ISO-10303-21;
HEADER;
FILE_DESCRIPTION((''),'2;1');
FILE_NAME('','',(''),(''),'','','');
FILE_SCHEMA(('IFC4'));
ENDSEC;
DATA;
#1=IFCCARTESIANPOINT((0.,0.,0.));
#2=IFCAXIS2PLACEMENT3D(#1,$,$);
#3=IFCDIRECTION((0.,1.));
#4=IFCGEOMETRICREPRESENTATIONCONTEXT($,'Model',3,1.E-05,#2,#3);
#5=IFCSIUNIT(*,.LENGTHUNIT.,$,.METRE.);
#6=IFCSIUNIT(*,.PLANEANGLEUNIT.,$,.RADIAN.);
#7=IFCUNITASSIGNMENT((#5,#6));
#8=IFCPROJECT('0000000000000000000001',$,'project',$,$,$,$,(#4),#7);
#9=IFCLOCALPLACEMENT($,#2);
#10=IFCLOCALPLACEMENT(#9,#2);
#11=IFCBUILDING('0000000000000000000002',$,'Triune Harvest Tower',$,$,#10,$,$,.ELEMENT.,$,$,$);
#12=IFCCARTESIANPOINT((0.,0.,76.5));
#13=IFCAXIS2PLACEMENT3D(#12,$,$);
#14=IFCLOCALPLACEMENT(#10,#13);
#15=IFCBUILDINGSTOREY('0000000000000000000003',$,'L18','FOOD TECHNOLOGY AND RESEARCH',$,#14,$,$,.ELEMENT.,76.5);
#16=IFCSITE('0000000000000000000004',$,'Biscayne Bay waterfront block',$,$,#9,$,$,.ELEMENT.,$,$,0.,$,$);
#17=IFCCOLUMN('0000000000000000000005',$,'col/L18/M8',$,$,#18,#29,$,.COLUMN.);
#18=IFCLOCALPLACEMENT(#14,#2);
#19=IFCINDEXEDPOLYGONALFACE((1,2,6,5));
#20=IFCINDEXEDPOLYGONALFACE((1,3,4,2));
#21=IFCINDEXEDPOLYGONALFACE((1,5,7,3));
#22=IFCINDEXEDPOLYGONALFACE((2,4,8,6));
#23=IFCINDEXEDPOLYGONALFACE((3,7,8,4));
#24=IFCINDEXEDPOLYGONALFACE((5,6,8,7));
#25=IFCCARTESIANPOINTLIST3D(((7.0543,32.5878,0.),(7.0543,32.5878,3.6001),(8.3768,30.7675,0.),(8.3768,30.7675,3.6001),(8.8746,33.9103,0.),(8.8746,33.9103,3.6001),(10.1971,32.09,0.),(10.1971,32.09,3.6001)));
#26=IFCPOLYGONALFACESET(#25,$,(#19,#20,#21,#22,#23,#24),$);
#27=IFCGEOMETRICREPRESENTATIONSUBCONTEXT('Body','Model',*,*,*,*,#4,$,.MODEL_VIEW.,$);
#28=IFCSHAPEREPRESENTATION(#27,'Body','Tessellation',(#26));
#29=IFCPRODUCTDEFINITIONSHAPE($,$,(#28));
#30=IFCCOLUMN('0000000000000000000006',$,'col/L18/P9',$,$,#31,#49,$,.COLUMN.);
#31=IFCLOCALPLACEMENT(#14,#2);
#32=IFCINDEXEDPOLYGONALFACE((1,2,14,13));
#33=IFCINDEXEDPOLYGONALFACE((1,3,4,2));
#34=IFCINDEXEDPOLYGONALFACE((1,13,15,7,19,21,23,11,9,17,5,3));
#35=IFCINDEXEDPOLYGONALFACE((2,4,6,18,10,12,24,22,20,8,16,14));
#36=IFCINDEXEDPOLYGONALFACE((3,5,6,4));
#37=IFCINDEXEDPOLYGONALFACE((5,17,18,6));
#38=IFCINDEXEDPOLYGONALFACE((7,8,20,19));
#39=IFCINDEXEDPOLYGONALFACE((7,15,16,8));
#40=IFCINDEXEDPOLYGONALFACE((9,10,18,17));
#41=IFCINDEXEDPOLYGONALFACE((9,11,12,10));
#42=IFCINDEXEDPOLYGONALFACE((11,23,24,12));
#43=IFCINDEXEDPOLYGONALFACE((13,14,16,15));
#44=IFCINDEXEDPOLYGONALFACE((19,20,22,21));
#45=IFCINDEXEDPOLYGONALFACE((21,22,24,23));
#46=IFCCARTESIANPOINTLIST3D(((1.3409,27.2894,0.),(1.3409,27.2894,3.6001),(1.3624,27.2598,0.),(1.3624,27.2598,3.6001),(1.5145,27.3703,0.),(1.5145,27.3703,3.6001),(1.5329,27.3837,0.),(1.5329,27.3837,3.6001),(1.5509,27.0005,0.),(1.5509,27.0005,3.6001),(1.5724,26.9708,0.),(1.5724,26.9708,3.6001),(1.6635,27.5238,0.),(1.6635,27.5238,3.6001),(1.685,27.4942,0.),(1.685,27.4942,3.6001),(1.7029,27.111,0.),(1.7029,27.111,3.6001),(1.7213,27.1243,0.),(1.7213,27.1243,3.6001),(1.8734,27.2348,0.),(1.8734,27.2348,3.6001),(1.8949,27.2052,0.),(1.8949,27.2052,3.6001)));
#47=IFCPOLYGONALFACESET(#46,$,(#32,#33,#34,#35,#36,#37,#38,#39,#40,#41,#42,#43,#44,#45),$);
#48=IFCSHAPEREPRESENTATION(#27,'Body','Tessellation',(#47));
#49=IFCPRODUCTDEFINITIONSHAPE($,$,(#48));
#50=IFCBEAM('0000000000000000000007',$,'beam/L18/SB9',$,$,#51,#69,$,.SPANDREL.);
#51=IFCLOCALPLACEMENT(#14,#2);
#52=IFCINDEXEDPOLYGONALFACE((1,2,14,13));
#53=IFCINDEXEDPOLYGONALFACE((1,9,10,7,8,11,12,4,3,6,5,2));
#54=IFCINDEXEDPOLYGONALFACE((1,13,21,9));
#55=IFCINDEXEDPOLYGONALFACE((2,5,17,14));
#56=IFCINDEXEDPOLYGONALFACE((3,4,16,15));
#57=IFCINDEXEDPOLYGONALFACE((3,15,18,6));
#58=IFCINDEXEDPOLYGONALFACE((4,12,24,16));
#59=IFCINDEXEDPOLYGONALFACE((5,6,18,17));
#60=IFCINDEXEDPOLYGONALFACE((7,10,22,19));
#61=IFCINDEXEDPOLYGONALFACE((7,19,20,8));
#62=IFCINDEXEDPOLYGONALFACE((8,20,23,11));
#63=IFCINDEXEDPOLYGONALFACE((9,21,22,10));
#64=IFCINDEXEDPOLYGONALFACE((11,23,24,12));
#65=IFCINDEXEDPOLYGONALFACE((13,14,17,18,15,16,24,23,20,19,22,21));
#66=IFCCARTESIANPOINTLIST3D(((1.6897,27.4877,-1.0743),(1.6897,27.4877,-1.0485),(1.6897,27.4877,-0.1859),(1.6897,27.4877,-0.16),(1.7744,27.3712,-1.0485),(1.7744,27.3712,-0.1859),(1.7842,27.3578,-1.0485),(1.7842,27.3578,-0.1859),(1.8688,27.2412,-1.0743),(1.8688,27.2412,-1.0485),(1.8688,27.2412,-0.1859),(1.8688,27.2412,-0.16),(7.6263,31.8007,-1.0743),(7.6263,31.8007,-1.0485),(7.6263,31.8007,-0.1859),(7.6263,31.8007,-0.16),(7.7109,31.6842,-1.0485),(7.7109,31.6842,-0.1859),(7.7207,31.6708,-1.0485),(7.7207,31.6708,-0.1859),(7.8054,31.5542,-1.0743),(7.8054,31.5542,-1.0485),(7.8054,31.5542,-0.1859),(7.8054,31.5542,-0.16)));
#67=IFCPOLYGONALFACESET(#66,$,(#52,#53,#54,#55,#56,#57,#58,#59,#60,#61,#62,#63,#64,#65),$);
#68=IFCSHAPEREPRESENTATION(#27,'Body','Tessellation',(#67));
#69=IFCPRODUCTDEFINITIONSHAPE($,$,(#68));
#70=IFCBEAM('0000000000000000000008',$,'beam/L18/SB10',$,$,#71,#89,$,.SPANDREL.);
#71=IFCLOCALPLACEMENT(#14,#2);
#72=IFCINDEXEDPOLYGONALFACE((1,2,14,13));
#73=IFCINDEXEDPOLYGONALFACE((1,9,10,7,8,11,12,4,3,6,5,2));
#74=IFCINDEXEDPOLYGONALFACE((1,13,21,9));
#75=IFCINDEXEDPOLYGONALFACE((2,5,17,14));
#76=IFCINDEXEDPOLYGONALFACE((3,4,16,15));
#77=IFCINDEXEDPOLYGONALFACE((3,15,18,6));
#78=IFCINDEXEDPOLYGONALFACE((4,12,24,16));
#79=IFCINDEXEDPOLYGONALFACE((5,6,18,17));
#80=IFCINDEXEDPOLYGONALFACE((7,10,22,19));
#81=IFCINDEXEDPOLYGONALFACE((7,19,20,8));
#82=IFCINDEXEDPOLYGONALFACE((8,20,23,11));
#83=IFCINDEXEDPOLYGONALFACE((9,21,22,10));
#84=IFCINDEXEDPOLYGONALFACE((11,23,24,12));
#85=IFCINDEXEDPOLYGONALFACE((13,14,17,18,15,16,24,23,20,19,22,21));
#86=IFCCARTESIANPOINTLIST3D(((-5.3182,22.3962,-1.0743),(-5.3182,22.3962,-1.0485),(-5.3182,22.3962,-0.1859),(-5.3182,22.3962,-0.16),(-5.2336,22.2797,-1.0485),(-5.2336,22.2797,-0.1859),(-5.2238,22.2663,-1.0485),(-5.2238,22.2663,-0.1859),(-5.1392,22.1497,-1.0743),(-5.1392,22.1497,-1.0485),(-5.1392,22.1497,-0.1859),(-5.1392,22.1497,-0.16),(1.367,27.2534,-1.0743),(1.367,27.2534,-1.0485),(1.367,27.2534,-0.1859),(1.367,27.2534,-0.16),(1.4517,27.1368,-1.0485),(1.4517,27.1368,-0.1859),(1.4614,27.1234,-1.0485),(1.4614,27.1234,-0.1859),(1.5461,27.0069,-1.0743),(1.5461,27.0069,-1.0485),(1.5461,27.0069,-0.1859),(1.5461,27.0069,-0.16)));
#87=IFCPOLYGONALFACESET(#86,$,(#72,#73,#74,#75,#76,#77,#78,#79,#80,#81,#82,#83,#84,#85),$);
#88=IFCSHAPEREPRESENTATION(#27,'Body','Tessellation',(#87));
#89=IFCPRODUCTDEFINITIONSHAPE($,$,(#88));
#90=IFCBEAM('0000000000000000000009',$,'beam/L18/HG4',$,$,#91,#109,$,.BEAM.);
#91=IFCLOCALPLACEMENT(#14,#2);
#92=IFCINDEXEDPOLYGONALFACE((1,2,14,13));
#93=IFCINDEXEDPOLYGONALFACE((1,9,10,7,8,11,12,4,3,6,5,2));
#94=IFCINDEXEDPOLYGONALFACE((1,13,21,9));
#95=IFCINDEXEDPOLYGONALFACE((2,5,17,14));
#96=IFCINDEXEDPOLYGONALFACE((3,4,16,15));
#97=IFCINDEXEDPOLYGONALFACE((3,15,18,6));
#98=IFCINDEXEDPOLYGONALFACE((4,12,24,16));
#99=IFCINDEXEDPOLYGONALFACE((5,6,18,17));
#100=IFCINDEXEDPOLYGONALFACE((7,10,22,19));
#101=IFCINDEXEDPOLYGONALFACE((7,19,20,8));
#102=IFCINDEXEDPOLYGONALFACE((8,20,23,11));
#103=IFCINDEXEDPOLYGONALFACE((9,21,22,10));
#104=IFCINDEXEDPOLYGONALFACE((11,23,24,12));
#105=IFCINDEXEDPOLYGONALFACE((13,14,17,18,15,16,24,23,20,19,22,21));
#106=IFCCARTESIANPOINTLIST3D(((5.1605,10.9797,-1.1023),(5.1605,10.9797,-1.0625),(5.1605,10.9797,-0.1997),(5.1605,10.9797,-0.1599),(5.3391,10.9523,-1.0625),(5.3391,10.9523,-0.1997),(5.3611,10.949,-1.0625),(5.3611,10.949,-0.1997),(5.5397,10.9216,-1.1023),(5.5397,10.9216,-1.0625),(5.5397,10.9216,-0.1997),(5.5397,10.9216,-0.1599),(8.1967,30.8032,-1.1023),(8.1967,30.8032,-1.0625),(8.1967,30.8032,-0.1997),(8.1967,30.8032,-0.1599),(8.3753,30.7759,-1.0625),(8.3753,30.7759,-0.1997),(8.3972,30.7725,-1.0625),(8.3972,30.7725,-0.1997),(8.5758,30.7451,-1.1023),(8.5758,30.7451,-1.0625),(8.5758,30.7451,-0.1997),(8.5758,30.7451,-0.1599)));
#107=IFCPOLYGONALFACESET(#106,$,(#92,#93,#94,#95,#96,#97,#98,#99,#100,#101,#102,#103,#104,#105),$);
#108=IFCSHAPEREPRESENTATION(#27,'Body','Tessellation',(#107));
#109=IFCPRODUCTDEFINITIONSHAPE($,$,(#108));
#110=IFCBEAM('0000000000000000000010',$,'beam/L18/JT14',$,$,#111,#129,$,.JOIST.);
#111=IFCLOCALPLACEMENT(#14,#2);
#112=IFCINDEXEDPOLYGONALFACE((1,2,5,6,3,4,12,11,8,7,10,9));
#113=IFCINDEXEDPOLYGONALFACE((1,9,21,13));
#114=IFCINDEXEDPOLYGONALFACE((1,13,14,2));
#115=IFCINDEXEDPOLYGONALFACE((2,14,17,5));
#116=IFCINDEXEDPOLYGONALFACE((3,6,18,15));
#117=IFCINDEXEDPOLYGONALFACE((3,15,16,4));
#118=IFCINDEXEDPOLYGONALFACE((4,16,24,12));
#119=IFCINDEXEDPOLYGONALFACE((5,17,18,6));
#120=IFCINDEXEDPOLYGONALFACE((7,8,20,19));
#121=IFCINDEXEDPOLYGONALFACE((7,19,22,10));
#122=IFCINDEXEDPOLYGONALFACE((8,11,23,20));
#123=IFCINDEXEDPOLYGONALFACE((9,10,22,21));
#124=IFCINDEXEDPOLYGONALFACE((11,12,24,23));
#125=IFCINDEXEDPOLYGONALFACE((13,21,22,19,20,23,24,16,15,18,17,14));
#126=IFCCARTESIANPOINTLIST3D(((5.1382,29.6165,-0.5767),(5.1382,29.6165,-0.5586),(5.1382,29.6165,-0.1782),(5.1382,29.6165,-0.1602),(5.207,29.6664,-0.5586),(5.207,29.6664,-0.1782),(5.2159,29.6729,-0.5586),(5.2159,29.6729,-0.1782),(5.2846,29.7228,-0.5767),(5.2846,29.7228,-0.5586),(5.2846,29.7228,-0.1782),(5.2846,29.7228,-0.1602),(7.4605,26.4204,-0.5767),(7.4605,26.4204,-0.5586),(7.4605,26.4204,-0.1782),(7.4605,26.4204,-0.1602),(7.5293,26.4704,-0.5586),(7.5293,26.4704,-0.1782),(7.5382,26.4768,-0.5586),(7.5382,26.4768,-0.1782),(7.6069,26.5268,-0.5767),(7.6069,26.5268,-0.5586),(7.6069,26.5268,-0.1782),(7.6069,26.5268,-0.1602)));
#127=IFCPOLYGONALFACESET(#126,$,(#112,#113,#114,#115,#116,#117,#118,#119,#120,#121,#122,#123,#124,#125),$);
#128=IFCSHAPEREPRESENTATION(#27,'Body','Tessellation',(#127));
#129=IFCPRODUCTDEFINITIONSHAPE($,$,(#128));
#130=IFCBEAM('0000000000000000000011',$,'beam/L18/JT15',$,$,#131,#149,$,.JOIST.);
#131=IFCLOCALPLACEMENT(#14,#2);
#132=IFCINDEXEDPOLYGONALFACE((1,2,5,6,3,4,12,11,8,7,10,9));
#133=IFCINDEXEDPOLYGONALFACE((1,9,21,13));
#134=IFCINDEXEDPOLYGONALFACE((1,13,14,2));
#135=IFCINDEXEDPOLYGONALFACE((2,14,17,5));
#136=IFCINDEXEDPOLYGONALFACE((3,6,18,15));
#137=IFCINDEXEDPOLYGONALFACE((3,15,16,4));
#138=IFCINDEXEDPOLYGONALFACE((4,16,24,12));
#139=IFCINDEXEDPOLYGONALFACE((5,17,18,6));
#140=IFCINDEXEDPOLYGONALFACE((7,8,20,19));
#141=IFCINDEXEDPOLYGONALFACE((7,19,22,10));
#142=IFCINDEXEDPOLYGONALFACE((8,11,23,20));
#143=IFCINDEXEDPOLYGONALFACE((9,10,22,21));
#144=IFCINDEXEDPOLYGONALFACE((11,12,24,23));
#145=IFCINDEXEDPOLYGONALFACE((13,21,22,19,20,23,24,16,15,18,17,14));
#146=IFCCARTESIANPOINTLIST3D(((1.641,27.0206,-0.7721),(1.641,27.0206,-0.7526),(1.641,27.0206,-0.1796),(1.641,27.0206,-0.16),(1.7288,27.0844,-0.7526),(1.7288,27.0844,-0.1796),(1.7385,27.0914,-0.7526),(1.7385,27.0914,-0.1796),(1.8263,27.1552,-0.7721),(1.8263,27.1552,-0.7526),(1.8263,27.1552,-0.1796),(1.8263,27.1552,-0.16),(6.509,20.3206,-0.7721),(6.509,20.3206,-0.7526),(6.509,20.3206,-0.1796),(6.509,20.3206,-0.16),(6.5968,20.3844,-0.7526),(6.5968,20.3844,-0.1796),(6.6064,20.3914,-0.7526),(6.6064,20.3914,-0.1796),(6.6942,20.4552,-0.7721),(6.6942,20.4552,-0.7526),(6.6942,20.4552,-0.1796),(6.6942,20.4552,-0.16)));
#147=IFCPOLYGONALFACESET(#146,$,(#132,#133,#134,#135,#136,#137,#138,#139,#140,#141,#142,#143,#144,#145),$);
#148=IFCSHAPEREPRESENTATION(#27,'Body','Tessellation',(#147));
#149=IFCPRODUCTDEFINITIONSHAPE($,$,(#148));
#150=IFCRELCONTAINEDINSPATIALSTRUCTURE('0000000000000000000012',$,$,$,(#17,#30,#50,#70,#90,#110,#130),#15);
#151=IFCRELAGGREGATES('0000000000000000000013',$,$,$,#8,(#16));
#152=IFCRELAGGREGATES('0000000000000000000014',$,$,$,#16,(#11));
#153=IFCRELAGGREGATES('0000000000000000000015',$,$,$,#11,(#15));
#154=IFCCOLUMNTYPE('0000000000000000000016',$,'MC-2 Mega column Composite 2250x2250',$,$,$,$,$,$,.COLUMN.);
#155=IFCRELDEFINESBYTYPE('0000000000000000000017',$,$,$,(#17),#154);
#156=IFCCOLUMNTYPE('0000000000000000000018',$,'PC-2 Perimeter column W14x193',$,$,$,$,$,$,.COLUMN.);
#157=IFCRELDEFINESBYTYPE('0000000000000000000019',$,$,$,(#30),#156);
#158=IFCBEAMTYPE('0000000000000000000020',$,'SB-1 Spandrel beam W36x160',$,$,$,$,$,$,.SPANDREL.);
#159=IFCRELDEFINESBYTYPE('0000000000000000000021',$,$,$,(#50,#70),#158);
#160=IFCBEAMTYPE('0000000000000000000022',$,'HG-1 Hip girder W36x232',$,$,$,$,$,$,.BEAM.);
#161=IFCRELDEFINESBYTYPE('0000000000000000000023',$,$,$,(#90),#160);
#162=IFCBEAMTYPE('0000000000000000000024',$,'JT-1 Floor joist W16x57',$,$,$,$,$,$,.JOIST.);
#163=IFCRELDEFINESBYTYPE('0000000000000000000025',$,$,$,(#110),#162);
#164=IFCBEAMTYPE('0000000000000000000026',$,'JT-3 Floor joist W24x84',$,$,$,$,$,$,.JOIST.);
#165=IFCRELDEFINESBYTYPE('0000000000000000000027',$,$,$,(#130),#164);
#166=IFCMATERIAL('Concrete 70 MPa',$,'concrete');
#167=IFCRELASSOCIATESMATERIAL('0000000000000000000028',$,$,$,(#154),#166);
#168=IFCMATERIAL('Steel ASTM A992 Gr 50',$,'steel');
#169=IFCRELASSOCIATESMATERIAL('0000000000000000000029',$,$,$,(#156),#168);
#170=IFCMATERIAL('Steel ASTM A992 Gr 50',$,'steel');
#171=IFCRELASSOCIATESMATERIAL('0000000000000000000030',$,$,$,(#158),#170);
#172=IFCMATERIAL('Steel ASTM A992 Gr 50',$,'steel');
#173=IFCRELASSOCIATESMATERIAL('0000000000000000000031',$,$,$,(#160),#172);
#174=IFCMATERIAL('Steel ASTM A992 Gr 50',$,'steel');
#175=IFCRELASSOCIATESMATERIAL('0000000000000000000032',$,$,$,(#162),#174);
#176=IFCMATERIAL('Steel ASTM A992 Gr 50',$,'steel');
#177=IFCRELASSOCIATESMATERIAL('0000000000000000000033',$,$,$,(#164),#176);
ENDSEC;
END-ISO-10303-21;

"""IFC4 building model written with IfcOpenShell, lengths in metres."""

from ifc_helpers import new_model, si_unit, direction, frame, origin, origin_2d, place, context, subcontext, project, spatial, rectangle, i_section, extrude, source, transform, mapped, material, material_profile, profile_set, type_object, element, save


model = new_model("IFC4")

# Units and contexts
model_context = context("Model", 3, precision=1e-05, world=origin(), true_north=direction((0.0, 1.0)))
body_context = subcontext(model_context, "Body", "Model", "MODEL_VIEW")
ifc_project = project(units=[si_unit("LENGTHUNIT", "METRE"), si_unit("PLANEANGLEUNIT", "RADIAN")], contexts=[model_context])

# Site, building, storey
site_placement = place(None, origin())
site = spatial("IfcSite", under=ifc_project, at=site_placement, Name="Biscayne Bay waterfront block", CompositionType="ELEMENT", RefElevation=0.0)
building_placement = place(site_placement, origin())
building = spatial("IfcBuilding", under=site, at=building_placement, Name="Triune Harvest Tower", CompositionType="ELEMENT")
storey_placement = place(building_placement, frame((0.0, 0.0, 76.5)))
storey = spatial("IfcBuildingStorey", under=building, at=storey_placement, Name="L18", Description="FOOD TECHNOLOGY AND RESEARCH", CompositionType="ELEMENT", Elevation=76.5)

# Columns
ifc_material_1 = material(Name="Concrete 70 MPa", Category="concrete")
ifc_material_profile_1 = material_profile(ifc_material_1, rectangle(XDim=2.25, YDim=2.25, at=origin_2d()), Name="Composite 2250x2250")
ifc_profile_set_1 = profile_set([ifc_material_profile_1], Name="Concrete 70 MPa")
column_type_1 = type_object("IfcColumnType", Name="MC-2 Mega column Composite 2250x2250", PredefinedType="COLUMN", material=ifc_profile_set_1)
shared_shape_1 = source(origin(), body_context, "Body", "SweptSolid", [
    extrude(rectangle(XDim=2.25, YDim=2.25, at=origin_2d()), origin(), (0.0, 0.0, 1.0), 3.6001),
])
column_1_placement = place(storey_placement, frame((8.6257, 32.3389, 0.0), z_axis=(0.0, 0.0, 1.0), x_axis=(-0.809017, -0.587785, 0.0)))
element("IfcColumn", 1, at=column_1_placement, inside=storey, type_object=column_type_1, Name="col/L18/M8", PredefinedType="COLUMN", context=body_context, shape_type="MappedRepresentation", body=[
    mapped(shared_shape_1, transform((0.0, 0.0, 0.0), scale=1.0)),
])
ifc_material_2 = material(Name="Steel ASTM A992 Gr 50", Category="steel")
ifc_material_profile_2 = material_profile(ifc_material_2, i_section(OverallWidth=0.3987, OverallDepth=0.3938, WebThickness=0.0227, FlangeThickness=0.0366, at=origin_2d()), Name="W14x193")
ifc_profile_set_2 = profile_set([ifc_material_profile_2], Name="Steel ASTM A992 Gr 50")
column_type_2 = type_object("IfcColumnType", Name="PC-2 Perimeter column W14x193", PredefinedType="COLUMN", material=ifc_profile_set_2)
shared_shape_2 = source(origin(), body_context, "Body", "SweptSolid", [
    extrude(i_section(OverallWidth=0.3987, OverallDepth=0.3938, WebThickness=0.0227, FlangeThickness=0.0366, at=origin_2d()), origin(), (0.0, 0.0, 1.0), 3.6001),
])
column_2_placement = place(storey_placement, frame((1.6179, 27.2473, 0.0), z_axis=(0.0, 0.0, 1.0), x_axis=(-0.809017, -0.587785, 0.0)))
element("IfcColumn", 2, at=column_2_placement, inside=storey, type_object=column_type_2, Name="col/L18/P9", PredefinedType="COLUMN", context=body_context, shape_type="MappedRepresentation", body=[
    mapped(shared_shape_2, transform((0.0, 0.0, 0.0), scale=1.0)),
])

# Beams
ifc_material_3 = material(Name="Steel ASTM A992 Gr 50", Category="steel")
ifc_material_profile_3 = material_profile(ifc_material_3, i_section(OverallWidth=0.3047, OverallDepth=0.9143, WebThickness=0.0166, FlangeThickness=0.0259, at=origin_2d()), Name="W36x160")
ifc_profile_set_3 = profile_set([ifc_material_profile_3], Name="Steel ASTM A992 Gr 50")
beam_type_1 = type_object("IfcBeamType", Name="SB-1 Spandrel beam W36x160", PredefinedType="SPANDREL", material=ifc_profile_set_3)
shared_shape_3 = source(origin(), body_context, "Body", "SweptSolid", [
    extrude(i_section(OverallWidth=0.3047, OverallDepth=0.9143, WebThickness=0.0166, FlangeThickness=0.0259, at=origin_2d()), origin(), (0.0, 0.0, 1.0), 7.3379),
])
beam_1_placement = place(storey_placement, frame((7.7158, 31.6775, -0.6172), z_axis=(-0.809027, -0.587772, 0.0), x_axis=(0.587772, -0.809027, 0.0)))
element("IfcBeam", 3, at=beam_1_placement, inside=storey, type_object=beam_type_1, Name="beam/L18/SB9", PredefinedType="SPANDREL", context=body_context, shape_type="MappedRepresentation", body=[
    mapped(shared_shape_3, transform((0.0, 0.0, 0.0), scale=1.0)),
])
shared_shape_4 = source(origin(), body_context, "Body", "SweptSolid", [
    extrude(i_section(OverallWidth=0.3047, OverallDepth=0.9143, WebThickness=0.0166, FlangeThickness=0.0259, at=origin_2d()), origin(), (0.0, 0.0, 1.0), 8.2634),
])
beam_2_placement = place(storey_placement, frame((1.4565, 27.1301, -0.6172), z_axis=(-0.809016, -0.587787, 0.0), x_axis=(0.587787, -0.809016, 0.0)))
element("IfcBeam", 4, at=beam_2_placement, inside=storey, type_object=beam_type_1, Name="beam/L18/SB10", PredefinedType="SPANDREL", context=body_context, shape_type="MappedRepresentation", body=[
    mapped(shared_shape_4, transform((0.0, 0.0, 0.0), scale=1.0)),
])
ifc_material_4 = material(Name="Steel ASTM A992 Gr 50", Category="steel")
ifc_material_profile_4 = material_profile(ifc_material_4, i_section(OverallWidth=0.3835, OverallDepth=0.9424, WebThickness=0.0222, FlangeThickness=0.0398, at=origin_2d()), Name="W36x232")
ifc_profile_set_4 = profile_set([ifc_material_profile_4], Name="Steel ASTM A992 Gr 50")
beam_type_2 = type_object("IfcBeamType", Name="HG-1 Hip girder W36x232", PredefinedType="BEAM", material=ifc_profile_set_4)
shared_shape_5 = source(origin(), body_context, "Body", "SweptSolid", [
    extrude(i_section(OverallWidth=0.3835, OverallDepth=0.9424, WebThickness=0.0222, FlangeThickness=0.0398, at=origin_2d()), origin(), (0.0, 0.0, 1.0), 20.0547),
])
beam_3_placement = place(storey_placement, frame((8.3862, 30.7742, -0.6311), z_axis=(-0.151393, -0.988474, 0.0), x_axis=(0.988474, -0.151393, 0.0)))
element("IfcBeam", 5, at=beam_3_placement, inside=storey, type_object=beam_type_2, Name="beam/L18/HG4", PredefinedType="BEAM", context=body_context, shape_type="MappedRepresentation", body=[
    mapped(shared_shape_5, transform((0.0, 0.0, 0.0), scale=1.0)),
])
ifc_material_5 = material(Name="Steel ASTM A992 Gr 50", Category="steel")
ifc_material_profile_5 = material_profile(ifc_material_5, i_section(OverallWidth=0.1809, OverallDepth=0.4165, WebThickness=0.011, FlangeThickness=0.0181, at=origin_2d()), Name="W16x57")
ifc_profile_set_5 = profile_set([ifc_material_profile_5], Name="Steel ASTM A992 Gr 50")
beam_type_3 = type_object("IfcBeamType", Name="JT-1 Floor joist W16x57", PredefinedType="JOIST", material=ifc_profile_set_5)
shared_shape_6 = source(origin(), body_context, "Body", "SweptSolid", [
    extrude(i_section(OverallWidth=0.1809, OverallDepth=0.4165, WebThickness=0.011, FlangeThickness=0.0181, at=origin_2d()), origin(), (0.0, 0.0, 1.0), 3.9507),
])
beam_4_placement = place(storey_placement, frame((5.2114, 29.6697, -0.3684), z_axis=(0.587819, -0.808993, 0.0), x_axis=(0.808993, 0.587819, 0.0)))
element("IfcBeam", 6, at=beam_4_placement, inside=storey, type_object=beam_type_3, Name="beam/L18/JT14", PredefinedType="JOIST", context=body_context, shape_type="MappedRepresentation", body=[
    mapped(shared_shape_6, transform((0.0, 0.0, 0.0), scale=1.0)),
])
ifc_material_6 = material(Name="Steel ASTM A992 Gr 50", Category="steel")
ifc_material_profile_6 = material_profile(ifc_material_6, i_section(OverallWidth=0.229, OverallDepth=0.6121, WebThickness=0.012, FlangeThickness=0.0195, at=origin_2d()), Name="W24x84")
ifc_profile_set_6 = profile_set([ifc_material_profile_6], Name="Steel ASTM A992 Gr 50")
beam_type_4 = type_object("IfcBeamType", Name="JT-3 Floor joist W24x84", PredefinedType="JOIST", material=ifc_profile_set_6)
shared_shape_7 = source(origin(), body_context, "Body", "SweptSolid", [
    extrude(i_section(OverallWidth=0.229, OverallDepth=0.6121, WebThickness=0.012, FlangeThickness=0.0195, at=origin_2d()), origin(), (0.0, 0.0, 1.0), 8.2817),
])
beam_5_placement = place(storey_placement, frame((1.7336, 27.0879, -0.4661), z_axis=(0.587795, -0.80901, 0.0), x_axis=(0.80901, 0.587795, 0.0)))
element("IfcBeam", 7, at=beam_5_placement, inside=storey, type_object=beam_type_4, Name="beam/L18/JT15", PredefinedType="JOIST", context=body_context, shape_type="MappedRepresentation", body=[
    mapped(shared_shape_7, transform((0.0, 0.0, 0.0), scale=1.0)),
])

save(model, "model.ifc")
